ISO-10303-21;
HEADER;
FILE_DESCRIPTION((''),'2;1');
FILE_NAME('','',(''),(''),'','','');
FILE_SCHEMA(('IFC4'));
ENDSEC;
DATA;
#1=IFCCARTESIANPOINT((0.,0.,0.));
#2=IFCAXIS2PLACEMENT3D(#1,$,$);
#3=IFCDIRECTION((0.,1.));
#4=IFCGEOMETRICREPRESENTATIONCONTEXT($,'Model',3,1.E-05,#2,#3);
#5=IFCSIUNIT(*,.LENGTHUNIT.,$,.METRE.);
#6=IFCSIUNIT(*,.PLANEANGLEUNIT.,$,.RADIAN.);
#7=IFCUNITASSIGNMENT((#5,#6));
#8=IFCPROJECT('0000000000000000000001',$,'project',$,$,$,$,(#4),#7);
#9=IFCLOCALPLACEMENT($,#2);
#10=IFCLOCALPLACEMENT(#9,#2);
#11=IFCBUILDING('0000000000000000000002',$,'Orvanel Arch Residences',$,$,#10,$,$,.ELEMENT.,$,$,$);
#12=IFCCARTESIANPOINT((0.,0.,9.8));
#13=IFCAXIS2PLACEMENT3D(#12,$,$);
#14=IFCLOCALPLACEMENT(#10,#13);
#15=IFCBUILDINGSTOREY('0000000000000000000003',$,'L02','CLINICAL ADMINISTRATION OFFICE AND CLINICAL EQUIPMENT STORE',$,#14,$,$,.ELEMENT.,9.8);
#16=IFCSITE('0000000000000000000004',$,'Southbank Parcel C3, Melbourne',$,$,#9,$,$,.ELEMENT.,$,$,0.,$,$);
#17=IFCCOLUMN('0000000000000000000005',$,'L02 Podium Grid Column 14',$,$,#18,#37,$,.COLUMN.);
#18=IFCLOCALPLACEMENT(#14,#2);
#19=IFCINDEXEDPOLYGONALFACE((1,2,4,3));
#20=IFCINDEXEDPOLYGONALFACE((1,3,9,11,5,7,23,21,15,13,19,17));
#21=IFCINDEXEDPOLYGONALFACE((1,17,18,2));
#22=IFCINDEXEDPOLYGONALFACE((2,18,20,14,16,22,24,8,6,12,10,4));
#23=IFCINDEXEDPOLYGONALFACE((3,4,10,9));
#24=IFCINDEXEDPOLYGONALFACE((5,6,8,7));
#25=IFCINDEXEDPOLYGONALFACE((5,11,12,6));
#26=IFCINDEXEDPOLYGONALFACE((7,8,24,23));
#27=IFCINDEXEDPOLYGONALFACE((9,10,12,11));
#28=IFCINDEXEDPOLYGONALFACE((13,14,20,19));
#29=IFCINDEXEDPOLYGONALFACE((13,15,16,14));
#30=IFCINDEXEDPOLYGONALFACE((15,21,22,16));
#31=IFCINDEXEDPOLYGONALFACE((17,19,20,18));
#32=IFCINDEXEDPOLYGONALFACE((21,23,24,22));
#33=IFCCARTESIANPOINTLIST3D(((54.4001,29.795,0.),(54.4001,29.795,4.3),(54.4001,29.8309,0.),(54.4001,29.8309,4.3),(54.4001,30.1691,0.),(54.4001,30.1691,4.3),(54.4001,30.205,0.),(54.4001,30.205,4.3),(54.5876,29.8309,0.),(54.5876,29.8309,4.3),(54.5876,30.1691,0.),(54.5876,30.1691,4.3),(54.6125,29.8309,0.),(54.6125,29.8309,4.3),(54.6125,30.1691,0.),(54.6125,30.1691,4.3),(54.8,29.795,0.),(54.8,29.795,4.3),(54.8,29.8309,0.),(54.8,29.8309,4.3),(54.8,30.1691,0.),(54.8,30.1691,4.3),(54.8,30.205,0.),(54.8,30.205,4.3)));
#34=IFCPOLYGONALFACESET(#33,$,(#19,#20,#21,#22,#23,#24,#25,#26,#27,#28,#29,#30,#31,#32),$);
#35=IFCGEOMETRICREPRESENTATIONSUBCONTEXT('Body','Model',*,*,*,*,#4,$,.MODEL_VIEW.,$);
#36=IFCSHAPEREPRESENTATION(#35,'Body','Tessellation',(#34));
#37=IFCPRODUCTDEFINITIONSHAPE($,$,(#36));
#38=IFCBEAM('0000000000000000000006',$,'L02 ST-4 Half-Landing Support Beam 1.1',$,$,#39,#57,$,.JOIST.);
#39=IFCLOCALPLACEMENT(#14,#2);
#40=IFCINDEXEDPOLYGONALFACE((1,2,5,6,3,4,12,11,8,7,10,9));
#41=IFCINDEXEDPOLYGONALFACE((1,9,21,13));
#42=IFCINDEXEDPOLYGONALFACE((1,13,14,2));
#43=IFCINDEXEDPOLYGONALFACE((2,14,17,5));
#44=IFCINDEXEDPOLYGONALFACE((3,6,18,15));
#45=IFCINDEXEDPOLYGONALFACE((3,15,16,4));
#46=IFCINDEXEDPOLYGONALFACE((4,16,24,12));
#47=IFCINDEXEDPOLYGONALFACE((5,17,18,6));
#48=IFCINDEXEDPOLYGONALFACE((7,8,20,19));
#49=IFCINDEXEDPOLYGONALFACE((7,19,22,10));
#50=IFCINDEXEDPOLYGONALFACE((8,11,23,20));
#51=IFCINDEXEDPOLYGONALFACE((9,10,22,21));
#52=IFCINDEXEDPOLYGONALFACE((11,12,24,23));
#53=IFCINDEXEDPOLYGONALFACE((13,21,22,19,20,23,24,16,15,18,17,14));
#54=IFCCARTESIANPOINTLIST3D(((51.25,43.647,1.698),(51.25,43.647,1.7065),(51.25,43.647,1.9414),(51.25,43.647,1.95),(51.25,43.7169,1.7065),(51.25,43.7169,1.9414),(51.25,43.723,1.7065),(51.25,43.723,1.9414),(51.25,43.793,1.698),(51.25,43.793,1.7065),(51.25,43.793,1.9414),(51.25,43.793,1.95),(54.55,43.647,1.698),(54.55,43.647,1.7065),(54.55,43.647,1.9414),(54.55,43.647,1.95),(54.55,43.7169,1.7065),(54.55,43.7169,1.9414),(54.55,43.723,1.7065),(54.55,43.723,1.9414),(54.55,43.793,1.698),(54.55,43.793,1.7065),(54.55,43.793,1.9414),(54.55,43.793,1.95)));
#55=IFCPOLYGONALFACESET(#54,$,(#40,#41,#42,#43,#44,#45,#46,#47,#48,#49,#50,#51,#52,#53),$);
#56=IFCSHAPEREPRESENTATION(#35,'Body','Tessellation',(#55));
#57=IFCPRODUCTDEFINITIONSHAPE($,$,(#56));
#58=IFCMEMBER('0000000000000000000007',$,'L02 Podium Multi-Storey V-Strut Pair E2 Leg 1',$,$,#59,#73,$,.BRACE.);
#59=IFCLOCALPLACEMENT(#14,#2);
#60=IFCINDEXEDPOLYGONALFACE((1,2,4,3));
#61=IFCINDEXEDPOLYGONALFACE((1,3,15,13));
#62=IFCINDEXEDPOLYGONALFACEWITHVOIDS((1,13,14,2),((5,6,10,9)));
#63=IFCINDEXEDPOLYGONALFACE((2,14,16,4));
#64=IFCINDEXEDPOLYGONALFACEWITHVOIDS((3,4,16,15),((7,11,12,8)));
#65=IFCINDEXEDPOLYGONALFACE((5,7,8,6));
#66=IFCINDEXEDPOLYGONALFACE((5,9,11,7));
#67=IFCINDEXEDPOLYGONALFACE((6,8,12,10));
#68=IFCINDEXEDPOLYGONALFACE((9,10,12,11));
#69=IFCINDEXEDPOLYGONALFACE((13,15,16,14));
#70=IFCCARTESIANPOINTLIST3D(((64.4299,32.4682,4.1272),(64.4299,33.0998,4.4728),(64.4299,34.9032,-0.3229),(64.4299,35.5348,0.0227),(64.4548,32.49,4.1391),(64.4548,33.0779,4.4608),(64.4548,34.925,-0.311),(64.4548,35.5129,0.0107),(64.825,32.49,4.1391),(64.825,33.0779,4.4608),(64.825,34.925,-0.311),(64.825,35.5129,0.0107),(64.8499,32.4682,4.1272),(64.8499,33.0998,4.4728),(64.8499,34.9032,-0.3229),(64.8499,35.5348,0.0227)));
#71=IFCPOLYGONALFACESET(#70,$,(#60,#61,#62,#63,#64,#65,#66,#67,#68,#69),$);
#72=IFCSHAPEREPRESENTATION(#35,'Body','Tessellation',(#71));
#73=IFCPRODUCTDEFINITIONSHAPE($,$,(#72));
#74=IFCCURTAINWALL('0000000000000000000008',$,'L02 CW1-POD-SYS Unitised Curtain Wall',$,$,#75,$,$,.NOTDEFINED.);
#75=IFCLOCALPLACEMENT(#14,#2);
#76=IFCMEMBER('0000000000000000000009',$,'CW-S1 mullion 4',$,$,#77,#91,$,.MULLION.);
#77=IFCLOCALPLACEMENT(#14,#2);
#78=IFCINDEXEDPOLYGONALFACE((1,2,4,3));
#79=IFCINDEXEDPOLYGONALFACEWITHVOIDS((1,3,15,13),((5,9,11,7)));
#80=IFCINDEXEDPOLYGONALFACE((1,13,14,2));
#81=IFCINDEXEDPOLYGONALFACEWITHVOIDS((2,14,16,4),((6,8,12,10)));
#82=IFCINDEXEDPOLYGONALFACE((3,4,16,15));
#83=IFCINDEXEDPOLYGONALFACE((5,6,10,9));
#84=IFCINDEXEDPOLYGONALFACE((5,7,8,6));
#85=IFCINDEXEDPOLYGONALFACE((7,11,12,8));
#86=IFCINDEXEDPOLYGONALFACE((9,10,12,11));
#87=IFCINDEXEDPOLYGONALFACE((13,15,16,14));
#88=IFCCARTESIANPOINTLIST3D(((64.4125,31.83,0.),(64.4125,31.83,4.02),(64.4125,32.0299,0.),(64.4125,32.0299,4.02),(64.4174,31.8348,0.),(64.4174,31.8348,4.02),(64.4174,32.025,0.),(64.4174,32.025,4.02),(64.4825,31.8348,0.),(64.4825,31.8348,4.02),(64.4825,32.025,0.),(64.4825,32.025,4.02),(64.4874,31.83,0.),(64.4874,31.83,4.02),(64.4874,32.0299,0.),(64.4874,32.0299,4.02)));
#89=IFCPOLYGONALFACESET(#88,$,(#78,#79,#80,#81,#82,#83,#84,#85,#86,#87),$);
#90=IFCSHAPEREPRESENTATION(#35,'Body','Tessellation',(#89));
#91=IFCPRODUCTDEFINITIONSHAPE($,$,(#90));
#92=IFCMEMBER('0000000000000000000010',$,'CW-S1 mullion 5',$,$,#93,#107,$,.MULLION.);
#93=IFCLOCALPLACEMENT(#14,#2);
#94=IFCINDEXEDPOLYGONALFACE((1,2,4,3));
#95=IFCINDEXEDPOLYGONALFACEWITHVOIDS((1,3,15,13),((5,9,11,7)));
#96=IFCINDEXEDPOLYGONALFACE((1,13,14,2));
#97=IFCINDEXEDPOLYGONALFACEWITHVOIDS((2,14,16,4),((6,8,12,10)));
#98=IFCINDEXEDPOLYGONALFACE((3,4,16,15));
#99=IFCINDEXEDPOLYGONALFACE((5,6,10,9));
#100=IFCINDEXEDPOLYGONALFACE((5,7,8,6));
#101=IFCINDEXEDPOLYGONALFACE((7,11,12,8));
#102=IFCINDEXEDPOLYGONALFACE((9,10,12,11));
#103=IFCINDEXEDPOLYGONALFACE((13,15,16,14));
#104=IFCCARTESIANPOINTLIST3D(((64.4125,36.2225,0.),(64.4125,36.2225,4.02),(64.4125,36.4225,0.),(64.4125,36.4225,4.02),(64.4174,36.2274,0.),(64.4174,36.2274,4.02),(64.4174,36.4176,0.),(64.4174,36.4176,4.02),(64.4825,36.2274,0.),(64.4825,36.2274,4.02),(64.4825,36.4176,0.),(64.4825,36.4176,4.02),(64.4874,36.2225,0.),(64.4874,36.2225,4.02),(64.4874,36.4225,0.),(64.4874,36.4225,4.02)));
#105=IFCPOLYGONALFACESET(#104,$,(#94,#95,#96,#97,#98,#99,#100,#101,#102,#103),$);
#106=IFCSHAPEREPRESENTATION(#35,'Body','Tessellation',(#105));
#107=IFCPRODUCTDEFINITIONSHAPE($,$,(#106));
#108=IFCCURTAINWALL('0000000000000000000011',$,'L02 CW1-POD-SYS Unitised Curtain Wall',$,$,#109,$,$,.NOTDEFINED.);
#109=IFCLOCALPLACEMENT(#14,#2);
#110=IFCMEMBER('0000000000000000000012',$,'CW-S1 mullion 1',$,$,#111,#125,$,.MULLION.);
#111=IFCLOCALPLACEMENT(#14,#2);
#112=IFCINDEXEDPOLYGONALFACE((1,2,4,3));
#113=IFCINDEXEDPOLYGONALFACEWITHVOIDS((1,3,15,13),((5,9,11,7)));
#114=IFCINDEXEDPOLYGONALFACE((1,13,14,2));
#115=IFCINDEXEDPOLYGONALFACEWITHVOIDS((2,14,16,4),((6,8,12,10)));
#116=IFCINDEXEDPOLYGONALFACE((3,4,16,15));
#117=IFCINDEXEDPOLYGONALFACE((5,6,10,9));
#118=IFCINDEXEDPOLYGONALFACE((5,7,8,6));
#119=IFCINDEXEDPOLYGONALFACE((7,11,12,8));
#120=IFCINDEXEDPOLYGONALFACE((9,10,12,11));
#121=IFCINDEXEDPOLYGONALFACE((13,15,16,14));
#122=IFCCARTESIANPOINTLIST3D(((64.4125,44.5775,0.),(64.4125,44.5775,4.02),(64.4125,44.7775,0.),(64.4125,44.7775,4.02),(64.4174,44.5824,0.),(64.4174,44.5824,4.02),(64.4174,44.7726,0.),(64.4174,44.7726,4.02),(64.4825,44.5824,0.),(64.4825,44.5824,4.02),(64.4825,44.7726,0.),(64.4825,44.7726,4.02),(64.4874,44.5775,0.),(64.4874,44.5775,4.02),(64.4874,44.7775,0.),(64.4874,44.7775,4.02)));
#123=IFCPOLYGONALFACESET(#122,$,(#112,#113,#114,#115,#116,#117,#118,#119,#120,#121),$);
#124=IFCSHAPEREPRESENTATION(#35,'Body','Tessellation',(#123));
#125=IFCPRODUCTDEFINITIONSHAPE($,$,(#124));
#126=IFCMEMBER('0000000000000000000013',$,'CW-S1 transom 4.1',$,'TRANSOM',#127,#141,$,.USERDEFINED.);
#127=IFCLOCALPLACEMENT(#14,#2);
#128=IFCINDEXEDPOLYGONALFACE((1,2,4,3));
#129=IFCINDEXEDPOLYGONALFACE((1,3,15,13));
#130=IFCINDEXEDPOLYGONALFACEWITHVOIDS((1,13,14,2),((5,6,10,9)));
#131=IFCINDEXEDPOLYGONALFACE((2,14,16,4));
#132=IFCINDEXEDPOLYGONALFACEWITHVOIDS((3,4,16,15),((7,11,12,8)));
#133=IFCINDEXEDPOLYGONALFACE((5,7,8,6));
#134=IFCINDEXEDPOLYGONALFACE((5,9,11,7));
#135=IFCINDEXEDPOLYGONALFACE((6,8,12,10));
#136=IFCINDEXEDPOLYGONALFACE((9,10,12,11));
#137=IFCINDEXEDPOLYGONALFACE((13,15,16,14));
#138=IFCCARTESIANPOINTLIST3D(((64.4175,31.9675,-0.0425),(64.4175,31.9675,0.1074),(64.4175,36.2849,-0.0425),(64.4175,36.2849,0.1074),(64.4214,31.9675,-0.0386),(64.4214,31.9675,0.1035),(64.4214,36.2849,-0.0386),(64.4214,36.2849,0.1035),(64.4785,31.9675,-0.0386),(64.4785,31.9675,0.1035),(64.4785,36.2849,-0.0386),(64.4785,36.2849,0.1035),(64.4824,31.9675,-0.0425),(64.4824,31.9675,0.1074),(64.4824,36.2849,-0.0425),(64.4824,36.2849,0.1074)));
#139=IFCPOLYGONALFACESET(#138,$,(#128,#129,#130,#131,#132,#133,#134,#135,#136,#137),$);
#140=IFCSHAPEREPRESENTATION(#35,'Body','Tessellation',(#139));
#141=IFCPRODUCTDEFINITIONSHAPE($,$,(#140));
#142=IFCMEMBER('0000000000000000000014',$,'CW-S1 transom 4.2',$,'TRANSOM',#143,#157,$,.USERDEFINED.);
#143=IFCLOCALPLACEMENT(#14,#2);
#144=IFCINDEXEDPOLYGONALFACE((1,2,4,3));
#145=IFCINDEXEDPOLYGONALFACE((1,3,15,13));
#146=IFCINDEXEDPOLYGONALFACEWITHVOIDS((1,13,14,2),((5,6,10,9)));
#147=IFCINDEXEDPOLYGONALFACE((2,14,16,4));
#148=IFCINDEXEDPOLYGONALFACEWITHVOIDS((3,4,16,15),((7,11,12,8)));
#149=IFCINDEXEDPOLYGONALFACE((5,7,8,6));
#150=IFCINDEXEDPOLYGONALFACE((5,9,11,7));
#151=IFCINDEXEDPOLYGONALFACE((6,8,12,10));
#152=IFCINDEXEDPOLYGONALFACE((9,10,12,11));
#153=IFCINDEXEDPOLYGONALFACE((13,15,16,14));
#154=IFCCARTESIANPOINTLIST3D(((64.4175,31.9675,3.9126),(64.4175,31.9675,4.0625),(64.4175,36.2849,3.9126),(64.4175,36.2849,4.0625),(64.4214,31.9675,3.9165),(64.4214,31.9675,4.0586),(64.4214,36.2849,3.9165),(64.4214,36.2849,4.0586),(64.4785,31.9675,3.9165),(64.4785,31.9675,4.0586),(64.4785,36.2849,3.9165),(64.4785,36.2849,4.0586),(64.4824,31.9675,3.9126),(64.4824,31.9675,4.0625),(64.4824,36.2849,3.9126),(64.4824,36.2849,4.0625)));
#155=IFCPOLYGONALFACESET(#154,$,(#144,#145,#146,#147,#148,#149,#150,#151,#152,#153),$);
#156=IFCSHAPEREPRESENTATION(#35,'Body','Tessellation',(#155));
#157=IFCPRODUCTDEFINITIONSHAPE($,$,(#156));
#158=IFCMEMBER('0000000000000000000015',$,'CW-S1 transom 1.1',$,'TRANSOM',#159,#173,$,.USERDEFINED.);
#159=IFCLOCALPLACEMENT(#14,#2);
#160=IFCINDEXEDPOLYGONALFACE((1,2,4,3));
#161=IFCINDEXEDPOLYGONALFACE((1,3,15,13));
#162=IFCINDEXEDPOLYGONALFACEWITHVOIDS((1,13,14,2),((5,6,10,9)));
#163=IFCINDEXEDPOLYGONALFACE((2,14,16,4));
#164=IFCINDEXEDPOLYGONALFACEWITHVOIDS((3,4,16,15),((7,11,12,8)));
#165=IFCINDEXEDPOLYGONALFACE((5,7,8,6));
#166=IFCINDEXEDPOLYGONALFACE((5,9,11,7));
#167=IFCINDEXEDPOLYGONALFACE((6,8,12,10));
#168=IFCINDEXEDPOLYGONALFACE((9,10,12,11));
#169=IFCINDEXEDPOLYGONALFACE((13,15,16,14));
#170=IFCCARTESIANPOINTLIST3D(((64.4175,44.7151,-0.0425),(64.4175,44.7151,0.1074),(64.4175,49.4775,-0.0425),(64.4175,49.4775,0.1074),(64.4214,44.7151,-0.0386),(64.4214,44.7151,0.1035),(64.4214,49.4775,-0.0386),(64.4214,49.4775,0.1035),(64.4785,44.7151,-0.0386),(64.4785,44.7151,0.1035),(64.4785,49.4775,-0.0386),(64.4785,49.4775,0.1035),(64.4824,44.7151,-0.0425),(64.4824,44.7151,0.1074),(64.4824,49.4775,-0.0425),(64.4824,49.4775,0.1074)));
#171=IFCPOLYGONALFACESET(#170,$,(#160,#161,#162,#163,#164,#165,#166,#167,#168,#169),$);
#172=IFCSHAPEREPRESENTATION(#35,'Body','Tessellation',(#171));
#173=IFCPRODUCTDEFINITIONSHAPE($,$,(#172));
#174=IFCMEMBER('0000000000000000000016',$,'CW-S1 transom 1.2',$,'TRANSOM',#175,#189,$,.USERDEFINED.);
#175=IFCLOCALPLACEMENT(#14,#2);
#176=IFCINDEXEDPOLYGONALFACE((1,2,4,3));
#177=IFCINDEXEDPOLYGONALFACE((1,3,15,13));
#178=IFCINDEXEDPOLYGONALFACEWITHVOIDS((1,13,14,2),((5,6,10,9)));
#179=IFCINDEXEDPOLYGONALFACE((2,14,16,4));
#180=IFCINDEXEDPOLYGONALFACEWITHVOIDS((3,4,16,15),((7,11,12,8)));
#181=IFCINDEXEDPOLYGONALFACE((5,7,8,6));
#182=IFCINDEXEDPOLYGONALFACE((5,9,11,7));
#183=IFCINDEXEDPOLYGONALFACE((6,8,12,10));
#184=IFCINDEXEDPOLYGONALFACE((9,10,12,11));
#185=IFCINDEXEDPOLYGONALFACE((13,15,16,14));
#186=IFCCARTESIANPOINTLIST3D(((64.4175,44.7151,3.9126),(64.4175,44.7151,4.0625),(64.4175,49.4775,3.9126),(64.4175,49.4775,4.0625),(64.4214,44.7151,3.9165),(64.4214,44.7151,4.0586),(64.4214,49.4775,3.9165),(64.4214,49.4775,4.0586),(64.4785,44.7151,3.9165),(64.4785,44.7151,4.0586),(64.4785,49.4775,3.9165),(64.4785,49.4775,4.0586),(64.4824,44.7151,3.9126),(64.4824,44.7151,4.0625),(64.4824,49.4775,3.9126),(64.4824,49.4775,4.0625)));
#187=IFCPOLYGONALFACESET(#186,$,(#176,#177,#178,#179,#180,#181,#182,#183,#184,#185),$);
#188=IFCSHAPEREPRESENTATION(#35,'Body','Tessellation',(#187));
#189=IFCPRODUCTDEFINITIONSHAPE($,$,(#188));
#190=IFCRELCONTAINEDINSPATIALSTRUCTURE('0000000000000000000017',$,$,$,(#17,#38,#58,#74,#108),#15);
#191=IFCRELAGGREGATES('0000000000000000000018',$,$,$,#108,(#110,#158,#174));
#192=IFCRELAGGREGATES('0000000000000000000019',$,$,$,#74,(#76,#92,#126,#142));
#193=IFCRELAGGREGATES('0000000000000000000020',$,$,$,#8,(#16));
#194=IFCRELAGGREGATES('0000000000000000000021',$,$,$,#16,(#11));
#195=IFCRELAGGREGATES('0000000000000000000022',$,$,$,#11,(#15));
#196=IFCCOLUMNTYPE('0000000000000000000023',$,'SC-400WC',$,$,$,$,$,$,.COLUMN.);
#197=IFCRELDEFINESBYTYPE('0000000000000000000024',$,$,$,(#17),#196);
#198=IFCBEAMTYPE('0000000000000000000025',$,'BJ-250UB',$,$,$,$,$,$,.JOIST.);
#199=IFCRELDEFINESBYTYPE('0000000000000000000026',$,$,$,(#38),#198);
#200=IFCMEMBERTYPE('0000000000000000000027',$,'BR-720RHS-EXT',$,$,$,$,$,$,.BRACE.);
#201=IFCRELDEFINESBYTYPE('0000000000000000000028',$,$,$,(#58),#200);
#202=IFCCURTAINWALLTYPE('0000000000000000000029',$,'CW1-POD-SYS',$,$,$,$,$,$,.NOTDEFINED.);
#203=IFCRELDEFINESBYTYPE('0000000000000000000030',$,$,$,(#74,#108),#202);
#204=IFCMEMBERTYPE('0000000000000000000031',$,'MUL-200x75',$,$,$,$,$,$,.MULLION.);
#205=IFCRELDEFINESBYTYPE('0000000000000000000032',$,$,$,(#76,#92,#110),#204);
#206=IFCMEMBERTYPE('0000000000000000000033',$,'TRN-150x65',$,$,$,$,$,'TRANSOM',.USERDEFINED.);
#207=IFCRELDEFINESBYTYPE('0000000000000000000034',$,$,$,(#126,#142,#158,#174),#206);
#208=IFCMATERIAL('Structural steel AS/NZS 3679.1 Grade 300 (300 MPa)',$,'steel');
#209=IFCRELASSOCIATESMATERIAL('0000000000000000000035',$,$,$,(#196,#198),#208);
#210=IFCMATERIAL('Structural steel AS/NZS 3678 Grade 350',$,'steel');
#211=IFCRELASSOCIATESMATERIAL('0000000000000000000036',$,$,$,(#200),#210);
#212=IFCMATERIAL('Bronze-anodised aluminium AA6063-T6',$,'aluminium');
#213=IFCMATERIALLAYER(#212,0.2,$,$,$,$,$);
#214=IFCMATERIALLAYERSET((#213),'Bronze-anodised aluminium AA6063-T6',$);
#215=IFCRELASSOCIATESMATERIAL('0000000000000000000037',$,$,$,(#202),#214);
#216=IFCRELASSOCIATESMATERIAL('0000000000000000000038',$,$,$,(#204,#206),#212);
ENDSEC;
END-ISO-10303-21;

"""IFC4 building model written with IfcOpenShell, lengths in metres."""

from ifc_helpers import new_model, si_unit, direction, frame, origin, origin_2d, place, context, subcontext, project, spatial, hollow_rectangle, i_section, extrude, material, layer, layer_set, material_profile, profile_set, type_object, element, aggregate, save


model = new_model("IFC4")

# Units and contexts
model_context = context("Model", 3, precision=1e-05, world=origin(), true_north=direction((0.0, 1.0)))
body_context = subcontext(model_context, "Body", "Model", "MODEL_VIEW")
ifc_project = project(units=[si_unit("LENGTHUNIT", "METRE"), si_unit("PLANEANGLEUNIT", "RADIAN")], contexts=[model_context])

# Site, building, storey
site_placement = place(None, origin())
site = spatial("IfcSite", under=ifc_project, at=site_placement, Name="Southbank Parcel C3, Melbourne", CompositionType="ELEMENT", RefElevation=0.0)
building_placement = place(site_placement, origin())
building = spatial("IfcBuilding", under=site, at=building_placement, Name="Orvanel Arch Residences", CompositionType="ELEMENT")
storey_placement = place(building_placement, frame((0.0, 0.0, 9.8)))
storey = spatial("IfcBuildingStorey", under=building, at=storey_placement, Name="L02", Description="CLINICAL ADMINISTRATION OFFICE AND CLINICAL EQUIPMENT STORE", CompositionType="ELEMENT", Elevation=9.8)

# Column
ifc_material_1 = material(Name="Structural steel AS/NZS 3679.1 Grade 300 (300 MPa)", Category="steel")
ifc_material_profile_1 = material_profile(ifc_material_1, i_section(OverallWidth=0.3999, OverallDepth=0.4099, WebThickness=0.0249, FlangeThickness=0.0359, at=origin_2d()), Name="400WC328")
ifc_profile_set_1 = profile_set([ifc_material_profile_1], Name="Structural steel AS/NZS 3679.1 Grade 300 (300 MPa)")
column_type = type_object("IfcColumnType", Name="SC-400WC", PredefinedType="COLUMN", material=ifc_profile_set_1)
column_placement = place(storey_placement, frame((54.6001, 30.0, 0.0), z_axis=(0.0, 0.0, 1.0), x_axis=(1.0, 0.0, 0.0)))
element("IfcColumn", 1, at=column_placement, inside=storey, type_object=column_type, Name="L02 Podium Grid Column 14", PredefinedType="COLUMN", context=body_context, shape_type="SweptSolid", body=[
    extrude(i_section(OverallWidth=0.3999, OverallDepth=0.4099, WebThickness=0.0249, FlangeThickness=0.0359, at=origin_2d()), origin(), (0.0, 0.0, 1.0), 4.3),
])

# Beam
ifc_material_profile_2 = material_profile(ifc_material_1, i_section(OverallWidth=0.146, OverallDepth=0.252, WebThickness=0.0061, FlangeThickness=0.0085, at=origin_2d()), Name="250UB31.4")
ifc_profile_set_2 = profile_set([ifc_material_profile_2], Name="Structural steel AS/NZS 3679.1 Grade 300 (300 MPa)")
beam_type = type_object("IfcBeamType", Name="BJ-250UB", PredefinedType="JOIST", material=ifc_profile_set_2)
beam_placement = place(storey_placement, frame((51.25, 43.72, 1.824), z_axis=(1.0, 0.0, 0.0), x_axis=(0.0, 1.0, 0.0)))
element("IfcBeam", 2, at=beam_placement, inside=storey, type_object=beam_type, Name="L02 ST-4 Half-Landing Support Beam 1.1", PredefinedType="JOIST", context=body_context, shape_type="SweptSolid", body=[
    extrude(i_section(OverallWidth=0.146, OverallDepth=0.252, WebThickness=0.0061, FlangeThickness=0.0085, at=origin_2d()), origin(), (0.0, 0.0, 1.0), 3.3),
])

# Member
ifc_material_2 = material(Name="Structural steel AS/NZS 3678 Grade 350", Category="steel")
ifc_material_profile_3 = material_profile(ifc_material_2, hollow_rectangle(XDim=0.4199, YDim=0.72, WallThickness=0.0249, at=origin_2d()), Name="RHS720x420x25")
ifc_profile_set_3 = profile_set([ifc_material_profile_3], Name="Structural steel AS/NZS 3678 Grade 350")
member_type_1 = type_object("IfcMemberType", Name="BR-720RHS-EXT", PredefinedType="BRACE", material=ifc_profile_set_3)
member_1_placement = place(storey_placement, frame((64.6399, 35.219, -0.1501), z_axis=(0.0, -0.480018, 0.877258), x_axis=(1.0, 0.0, 0.0)))
element("IfcMember", 3, at=member_1_placement, inside=storey, type_object=member_type_1, Name="L02 Podium Multi-Storey V-Strut Pair E2 Leg 1", PredefinedType="BRACE", context=body_context, shape_type="SweptSolid", body=[
    extrude(hollow_rectangle(XDim=0.4199, YDim=0.72, WallThickness=0.0249, at=origin_2d()), origin(), (0.0, 0.0, 1.0), 5.0728),
])

# Curtain wall, members
ifc_material_3 = material(Name="Bronze-anodised aluminium AA6063-T6", Category="aluminium")
ifc_layer_1 = layer(ifc_material_3, 0.2)
ifc_layer_set_1 = layer_set([ifc_layer_1], Name="Bronze-anodised aluminium AA6063-T6")
curtain_wall_type = type_object("IfcCurtainWallType", Name="CW1-POD-SYS", PredefinedType="NOTDEFINED", material=ifc_layer_set_1)
curtain_wall_1_placement = place(storey_placement, origin())
curtain_wall_1 = element("IfcCurtainWall", 4, at=curtain_wall_1_placement, inside=storey, type_object=curtain_wall_type, Name="L02 CW1-POD-SYS Unitised Curtain Wall", PredefinedType="NOTDEFINED")
ifc_material_profile_4 = material_profile(ifc_material_3, hollow_rectangle(XDim=0.075, YDim=0.2, WallThickness=0.0049, at=origin_2d()), Name="ALU200x75x5")
ifc_profile_set_4 = profile_set([ifc_material_profile_4], Name="Bronze-anodised aluminium AA6063-T6")
member_type_2 = type_object("IfcMemberType", Name="MUL-200x75", PredefinedType="MULLION", material=ifc_profile_set_4)
member_2_placement = place(storey_placement, frame((64.45, 31.9299, 0.0), z_axis=(0.0, 0.0, 1.0), x_axis=(-1.0, 0.0, 0.0)))
member_2 = element("IfcMember", 5, at=member_2_placement, type_object=member_type_2, Name="CW-S1 mullion 4", PredefinedType="MULLION", context=body_context, shape_type="SweptSolid", body=[
    extrude(hollow_rectangle(XDim=0.075, YDim=0.2, WallThickness=0.0049, at=origin_2d()), origin(), (0.0, 0.0, 1.0), 4.02),
])
member_3_placement = place(storey_placement, frame((64.45, 36.3225, 0.0), z_axis=(0.0, 0.0, 1.0), x_axis=(-1.0, 0.0, 0.0)))
member_3 = element("IfcMember", 6, at=member_3_placement, type_object=member_type_2, Name="CW-S1 mullion 5", PredefinedType="MULLION", context=body_context, shape_type="SweptSolid", body=[
    extrude(hollow_rectangle(XDim=0.075, YDim=0.2, WallThickness=0.0049, at=origin_2d()), origin(), (0.0, 0.0, 1.0), 4.02),
])

# Curtain wall, member
curtain_wall_2_placement = place(storey_placement, origin())
curtain_wall_2 = element("IfcCurtainWall", 7, at=curtain_wall_2_placement, inside=storey, type_object=curtain_wall_type, Name="L02 CW1-POD-SYS Unitised Curtain Wall", PredefinedType="NOTDEFINED")
member_4_placement = place(storey_placement, frame((64.45, 44.6775, 0.0), z_axis=(0.0, 0.0, 1.0), x_axis=(-1.0, 0.0, 0.0)))
member_4 = element("IfcMember", 8, at=member_4_placement, type_object=member_type_2, Name="CW-S1 mullion 1", PredefinedType="MULLION", context=body_context, shape_type="SweptSolid", body=[
    extrude(hollow_rectangle(XDim=0.075, YDim=0.2, WallThickness=0.0049, at=origin_2d()), origin(), (0.0, 0.0, 1.0), 4.02),
])

# Members
ifc_material_profile_5 = material_profile(ifc_material_3, hollow_rectangle(XDim=0.0649, YDim=0.1499, WallThickness=0.0039, at=origin_2d()), Name="ALU150x65x4")
ifc_profile_set_5 = profile_set([ifc_material_profile_5], Name="Bronze-anodised aluminium AA6063-T6")
member_type_3 = type_object("IfcMemberType", Name="TRN-150x65", ElementType="TRANSOM", PredefinedType="USERDEFINED", material=ifc_profile_set_5)
member_5_placement = place(storey_placement, frame((64.45, 31.9675, 0.0325), z_axis=(0.0, 1.0, 0.0), x_axis=(-1.0, 0.0, 0.0)))
member_5 = element("IfcMember", 9, at=member_5_placement, type_object=member_type_3, Name="CW-S1 transom 4.1", ObjectType="TRANSOM", PredefinedType="USERDEFINED", context=body_context, shape_type="SweptSolid", body=[
    extrude(hollow_rectangle(XDim=0.0649, YDim=0.1499, WallThickness=0.0039, at=origin_2d()), origin(), (0.0, 0.0, 1.0), 4.3174),
])
member_6_placement = place(storey_placement, frame((64.45, 31.9675, 3.9875), z_axis=(0.0, 1.0, 0.0), x_axis=(-1.0, 0.0, 0.0)))
member_6 = element("IfcMember", 10, at=member_6_placement, type_object=member_type_3, Name="CW-S1 transom 4.2", ObjectType="TRANSOM", PredefinedType="USERDEFINED", context=body_context, shape_type="SweptSolid", body=[
    extrude(hollow_rectangle(XDim=0.0649, YDim=0.1499, WallThickness=0.0039, at=origin_2d()), origin(), (0.0, 0.0, 1.0), 4.3174),
])
member_7_placement = place(storey_placement, frame((64.45, 44.7151, 0.0325), z_axis=(0.0, 1.0, 0.0), x_axis=(-1.0, 0.0, 0.0)))
member_7 = element("IfcMember", 11, at=member_7_placement, type_object=member_type_3, Name="CW-S1 transom 1.1", ObjectType="TRANSOM", PredefinedType="USERDEFINED", context=body_context, shape_type="SweptSolid", body=[
    extrude(hollow_rectangle(XDim=0.0649, YDim=0.1499, WallThickness=0.0039, at=origin_2d()), origin(), (0.0, 0.0, 1.0), 4.7625),
])
member_8_placement = place(storey_placement, frame((64.45, 44.7151, 3.9875), z_axis=(0.0, 1.0, 0.0), x_axis=(-1.0, 0.0, 0.0)))
member_8 = element("IfcMember", 12, at=member_8_placement, type_object=member_type_3, Name="CW-S1 transom 1.2", ObjectType="TRANSOM", PredefinedType="USERDEFINED", context=body_context, shape_type="SweptSolid", body=[
    extrude(hollow_rectangle(XDim=0.0649, YDim=0.1499, WallThickness=0.0039, at=origin_2d()), origin(), (0.0, 0.0, 1.0), 4.7625),
])
aggregate(curtain_wall_2, [member_4, member_7, member_8])

aggregate(curtain_wall_1, [member_2, member_3, member_5, member_6])

save(model, "model.ifc")
